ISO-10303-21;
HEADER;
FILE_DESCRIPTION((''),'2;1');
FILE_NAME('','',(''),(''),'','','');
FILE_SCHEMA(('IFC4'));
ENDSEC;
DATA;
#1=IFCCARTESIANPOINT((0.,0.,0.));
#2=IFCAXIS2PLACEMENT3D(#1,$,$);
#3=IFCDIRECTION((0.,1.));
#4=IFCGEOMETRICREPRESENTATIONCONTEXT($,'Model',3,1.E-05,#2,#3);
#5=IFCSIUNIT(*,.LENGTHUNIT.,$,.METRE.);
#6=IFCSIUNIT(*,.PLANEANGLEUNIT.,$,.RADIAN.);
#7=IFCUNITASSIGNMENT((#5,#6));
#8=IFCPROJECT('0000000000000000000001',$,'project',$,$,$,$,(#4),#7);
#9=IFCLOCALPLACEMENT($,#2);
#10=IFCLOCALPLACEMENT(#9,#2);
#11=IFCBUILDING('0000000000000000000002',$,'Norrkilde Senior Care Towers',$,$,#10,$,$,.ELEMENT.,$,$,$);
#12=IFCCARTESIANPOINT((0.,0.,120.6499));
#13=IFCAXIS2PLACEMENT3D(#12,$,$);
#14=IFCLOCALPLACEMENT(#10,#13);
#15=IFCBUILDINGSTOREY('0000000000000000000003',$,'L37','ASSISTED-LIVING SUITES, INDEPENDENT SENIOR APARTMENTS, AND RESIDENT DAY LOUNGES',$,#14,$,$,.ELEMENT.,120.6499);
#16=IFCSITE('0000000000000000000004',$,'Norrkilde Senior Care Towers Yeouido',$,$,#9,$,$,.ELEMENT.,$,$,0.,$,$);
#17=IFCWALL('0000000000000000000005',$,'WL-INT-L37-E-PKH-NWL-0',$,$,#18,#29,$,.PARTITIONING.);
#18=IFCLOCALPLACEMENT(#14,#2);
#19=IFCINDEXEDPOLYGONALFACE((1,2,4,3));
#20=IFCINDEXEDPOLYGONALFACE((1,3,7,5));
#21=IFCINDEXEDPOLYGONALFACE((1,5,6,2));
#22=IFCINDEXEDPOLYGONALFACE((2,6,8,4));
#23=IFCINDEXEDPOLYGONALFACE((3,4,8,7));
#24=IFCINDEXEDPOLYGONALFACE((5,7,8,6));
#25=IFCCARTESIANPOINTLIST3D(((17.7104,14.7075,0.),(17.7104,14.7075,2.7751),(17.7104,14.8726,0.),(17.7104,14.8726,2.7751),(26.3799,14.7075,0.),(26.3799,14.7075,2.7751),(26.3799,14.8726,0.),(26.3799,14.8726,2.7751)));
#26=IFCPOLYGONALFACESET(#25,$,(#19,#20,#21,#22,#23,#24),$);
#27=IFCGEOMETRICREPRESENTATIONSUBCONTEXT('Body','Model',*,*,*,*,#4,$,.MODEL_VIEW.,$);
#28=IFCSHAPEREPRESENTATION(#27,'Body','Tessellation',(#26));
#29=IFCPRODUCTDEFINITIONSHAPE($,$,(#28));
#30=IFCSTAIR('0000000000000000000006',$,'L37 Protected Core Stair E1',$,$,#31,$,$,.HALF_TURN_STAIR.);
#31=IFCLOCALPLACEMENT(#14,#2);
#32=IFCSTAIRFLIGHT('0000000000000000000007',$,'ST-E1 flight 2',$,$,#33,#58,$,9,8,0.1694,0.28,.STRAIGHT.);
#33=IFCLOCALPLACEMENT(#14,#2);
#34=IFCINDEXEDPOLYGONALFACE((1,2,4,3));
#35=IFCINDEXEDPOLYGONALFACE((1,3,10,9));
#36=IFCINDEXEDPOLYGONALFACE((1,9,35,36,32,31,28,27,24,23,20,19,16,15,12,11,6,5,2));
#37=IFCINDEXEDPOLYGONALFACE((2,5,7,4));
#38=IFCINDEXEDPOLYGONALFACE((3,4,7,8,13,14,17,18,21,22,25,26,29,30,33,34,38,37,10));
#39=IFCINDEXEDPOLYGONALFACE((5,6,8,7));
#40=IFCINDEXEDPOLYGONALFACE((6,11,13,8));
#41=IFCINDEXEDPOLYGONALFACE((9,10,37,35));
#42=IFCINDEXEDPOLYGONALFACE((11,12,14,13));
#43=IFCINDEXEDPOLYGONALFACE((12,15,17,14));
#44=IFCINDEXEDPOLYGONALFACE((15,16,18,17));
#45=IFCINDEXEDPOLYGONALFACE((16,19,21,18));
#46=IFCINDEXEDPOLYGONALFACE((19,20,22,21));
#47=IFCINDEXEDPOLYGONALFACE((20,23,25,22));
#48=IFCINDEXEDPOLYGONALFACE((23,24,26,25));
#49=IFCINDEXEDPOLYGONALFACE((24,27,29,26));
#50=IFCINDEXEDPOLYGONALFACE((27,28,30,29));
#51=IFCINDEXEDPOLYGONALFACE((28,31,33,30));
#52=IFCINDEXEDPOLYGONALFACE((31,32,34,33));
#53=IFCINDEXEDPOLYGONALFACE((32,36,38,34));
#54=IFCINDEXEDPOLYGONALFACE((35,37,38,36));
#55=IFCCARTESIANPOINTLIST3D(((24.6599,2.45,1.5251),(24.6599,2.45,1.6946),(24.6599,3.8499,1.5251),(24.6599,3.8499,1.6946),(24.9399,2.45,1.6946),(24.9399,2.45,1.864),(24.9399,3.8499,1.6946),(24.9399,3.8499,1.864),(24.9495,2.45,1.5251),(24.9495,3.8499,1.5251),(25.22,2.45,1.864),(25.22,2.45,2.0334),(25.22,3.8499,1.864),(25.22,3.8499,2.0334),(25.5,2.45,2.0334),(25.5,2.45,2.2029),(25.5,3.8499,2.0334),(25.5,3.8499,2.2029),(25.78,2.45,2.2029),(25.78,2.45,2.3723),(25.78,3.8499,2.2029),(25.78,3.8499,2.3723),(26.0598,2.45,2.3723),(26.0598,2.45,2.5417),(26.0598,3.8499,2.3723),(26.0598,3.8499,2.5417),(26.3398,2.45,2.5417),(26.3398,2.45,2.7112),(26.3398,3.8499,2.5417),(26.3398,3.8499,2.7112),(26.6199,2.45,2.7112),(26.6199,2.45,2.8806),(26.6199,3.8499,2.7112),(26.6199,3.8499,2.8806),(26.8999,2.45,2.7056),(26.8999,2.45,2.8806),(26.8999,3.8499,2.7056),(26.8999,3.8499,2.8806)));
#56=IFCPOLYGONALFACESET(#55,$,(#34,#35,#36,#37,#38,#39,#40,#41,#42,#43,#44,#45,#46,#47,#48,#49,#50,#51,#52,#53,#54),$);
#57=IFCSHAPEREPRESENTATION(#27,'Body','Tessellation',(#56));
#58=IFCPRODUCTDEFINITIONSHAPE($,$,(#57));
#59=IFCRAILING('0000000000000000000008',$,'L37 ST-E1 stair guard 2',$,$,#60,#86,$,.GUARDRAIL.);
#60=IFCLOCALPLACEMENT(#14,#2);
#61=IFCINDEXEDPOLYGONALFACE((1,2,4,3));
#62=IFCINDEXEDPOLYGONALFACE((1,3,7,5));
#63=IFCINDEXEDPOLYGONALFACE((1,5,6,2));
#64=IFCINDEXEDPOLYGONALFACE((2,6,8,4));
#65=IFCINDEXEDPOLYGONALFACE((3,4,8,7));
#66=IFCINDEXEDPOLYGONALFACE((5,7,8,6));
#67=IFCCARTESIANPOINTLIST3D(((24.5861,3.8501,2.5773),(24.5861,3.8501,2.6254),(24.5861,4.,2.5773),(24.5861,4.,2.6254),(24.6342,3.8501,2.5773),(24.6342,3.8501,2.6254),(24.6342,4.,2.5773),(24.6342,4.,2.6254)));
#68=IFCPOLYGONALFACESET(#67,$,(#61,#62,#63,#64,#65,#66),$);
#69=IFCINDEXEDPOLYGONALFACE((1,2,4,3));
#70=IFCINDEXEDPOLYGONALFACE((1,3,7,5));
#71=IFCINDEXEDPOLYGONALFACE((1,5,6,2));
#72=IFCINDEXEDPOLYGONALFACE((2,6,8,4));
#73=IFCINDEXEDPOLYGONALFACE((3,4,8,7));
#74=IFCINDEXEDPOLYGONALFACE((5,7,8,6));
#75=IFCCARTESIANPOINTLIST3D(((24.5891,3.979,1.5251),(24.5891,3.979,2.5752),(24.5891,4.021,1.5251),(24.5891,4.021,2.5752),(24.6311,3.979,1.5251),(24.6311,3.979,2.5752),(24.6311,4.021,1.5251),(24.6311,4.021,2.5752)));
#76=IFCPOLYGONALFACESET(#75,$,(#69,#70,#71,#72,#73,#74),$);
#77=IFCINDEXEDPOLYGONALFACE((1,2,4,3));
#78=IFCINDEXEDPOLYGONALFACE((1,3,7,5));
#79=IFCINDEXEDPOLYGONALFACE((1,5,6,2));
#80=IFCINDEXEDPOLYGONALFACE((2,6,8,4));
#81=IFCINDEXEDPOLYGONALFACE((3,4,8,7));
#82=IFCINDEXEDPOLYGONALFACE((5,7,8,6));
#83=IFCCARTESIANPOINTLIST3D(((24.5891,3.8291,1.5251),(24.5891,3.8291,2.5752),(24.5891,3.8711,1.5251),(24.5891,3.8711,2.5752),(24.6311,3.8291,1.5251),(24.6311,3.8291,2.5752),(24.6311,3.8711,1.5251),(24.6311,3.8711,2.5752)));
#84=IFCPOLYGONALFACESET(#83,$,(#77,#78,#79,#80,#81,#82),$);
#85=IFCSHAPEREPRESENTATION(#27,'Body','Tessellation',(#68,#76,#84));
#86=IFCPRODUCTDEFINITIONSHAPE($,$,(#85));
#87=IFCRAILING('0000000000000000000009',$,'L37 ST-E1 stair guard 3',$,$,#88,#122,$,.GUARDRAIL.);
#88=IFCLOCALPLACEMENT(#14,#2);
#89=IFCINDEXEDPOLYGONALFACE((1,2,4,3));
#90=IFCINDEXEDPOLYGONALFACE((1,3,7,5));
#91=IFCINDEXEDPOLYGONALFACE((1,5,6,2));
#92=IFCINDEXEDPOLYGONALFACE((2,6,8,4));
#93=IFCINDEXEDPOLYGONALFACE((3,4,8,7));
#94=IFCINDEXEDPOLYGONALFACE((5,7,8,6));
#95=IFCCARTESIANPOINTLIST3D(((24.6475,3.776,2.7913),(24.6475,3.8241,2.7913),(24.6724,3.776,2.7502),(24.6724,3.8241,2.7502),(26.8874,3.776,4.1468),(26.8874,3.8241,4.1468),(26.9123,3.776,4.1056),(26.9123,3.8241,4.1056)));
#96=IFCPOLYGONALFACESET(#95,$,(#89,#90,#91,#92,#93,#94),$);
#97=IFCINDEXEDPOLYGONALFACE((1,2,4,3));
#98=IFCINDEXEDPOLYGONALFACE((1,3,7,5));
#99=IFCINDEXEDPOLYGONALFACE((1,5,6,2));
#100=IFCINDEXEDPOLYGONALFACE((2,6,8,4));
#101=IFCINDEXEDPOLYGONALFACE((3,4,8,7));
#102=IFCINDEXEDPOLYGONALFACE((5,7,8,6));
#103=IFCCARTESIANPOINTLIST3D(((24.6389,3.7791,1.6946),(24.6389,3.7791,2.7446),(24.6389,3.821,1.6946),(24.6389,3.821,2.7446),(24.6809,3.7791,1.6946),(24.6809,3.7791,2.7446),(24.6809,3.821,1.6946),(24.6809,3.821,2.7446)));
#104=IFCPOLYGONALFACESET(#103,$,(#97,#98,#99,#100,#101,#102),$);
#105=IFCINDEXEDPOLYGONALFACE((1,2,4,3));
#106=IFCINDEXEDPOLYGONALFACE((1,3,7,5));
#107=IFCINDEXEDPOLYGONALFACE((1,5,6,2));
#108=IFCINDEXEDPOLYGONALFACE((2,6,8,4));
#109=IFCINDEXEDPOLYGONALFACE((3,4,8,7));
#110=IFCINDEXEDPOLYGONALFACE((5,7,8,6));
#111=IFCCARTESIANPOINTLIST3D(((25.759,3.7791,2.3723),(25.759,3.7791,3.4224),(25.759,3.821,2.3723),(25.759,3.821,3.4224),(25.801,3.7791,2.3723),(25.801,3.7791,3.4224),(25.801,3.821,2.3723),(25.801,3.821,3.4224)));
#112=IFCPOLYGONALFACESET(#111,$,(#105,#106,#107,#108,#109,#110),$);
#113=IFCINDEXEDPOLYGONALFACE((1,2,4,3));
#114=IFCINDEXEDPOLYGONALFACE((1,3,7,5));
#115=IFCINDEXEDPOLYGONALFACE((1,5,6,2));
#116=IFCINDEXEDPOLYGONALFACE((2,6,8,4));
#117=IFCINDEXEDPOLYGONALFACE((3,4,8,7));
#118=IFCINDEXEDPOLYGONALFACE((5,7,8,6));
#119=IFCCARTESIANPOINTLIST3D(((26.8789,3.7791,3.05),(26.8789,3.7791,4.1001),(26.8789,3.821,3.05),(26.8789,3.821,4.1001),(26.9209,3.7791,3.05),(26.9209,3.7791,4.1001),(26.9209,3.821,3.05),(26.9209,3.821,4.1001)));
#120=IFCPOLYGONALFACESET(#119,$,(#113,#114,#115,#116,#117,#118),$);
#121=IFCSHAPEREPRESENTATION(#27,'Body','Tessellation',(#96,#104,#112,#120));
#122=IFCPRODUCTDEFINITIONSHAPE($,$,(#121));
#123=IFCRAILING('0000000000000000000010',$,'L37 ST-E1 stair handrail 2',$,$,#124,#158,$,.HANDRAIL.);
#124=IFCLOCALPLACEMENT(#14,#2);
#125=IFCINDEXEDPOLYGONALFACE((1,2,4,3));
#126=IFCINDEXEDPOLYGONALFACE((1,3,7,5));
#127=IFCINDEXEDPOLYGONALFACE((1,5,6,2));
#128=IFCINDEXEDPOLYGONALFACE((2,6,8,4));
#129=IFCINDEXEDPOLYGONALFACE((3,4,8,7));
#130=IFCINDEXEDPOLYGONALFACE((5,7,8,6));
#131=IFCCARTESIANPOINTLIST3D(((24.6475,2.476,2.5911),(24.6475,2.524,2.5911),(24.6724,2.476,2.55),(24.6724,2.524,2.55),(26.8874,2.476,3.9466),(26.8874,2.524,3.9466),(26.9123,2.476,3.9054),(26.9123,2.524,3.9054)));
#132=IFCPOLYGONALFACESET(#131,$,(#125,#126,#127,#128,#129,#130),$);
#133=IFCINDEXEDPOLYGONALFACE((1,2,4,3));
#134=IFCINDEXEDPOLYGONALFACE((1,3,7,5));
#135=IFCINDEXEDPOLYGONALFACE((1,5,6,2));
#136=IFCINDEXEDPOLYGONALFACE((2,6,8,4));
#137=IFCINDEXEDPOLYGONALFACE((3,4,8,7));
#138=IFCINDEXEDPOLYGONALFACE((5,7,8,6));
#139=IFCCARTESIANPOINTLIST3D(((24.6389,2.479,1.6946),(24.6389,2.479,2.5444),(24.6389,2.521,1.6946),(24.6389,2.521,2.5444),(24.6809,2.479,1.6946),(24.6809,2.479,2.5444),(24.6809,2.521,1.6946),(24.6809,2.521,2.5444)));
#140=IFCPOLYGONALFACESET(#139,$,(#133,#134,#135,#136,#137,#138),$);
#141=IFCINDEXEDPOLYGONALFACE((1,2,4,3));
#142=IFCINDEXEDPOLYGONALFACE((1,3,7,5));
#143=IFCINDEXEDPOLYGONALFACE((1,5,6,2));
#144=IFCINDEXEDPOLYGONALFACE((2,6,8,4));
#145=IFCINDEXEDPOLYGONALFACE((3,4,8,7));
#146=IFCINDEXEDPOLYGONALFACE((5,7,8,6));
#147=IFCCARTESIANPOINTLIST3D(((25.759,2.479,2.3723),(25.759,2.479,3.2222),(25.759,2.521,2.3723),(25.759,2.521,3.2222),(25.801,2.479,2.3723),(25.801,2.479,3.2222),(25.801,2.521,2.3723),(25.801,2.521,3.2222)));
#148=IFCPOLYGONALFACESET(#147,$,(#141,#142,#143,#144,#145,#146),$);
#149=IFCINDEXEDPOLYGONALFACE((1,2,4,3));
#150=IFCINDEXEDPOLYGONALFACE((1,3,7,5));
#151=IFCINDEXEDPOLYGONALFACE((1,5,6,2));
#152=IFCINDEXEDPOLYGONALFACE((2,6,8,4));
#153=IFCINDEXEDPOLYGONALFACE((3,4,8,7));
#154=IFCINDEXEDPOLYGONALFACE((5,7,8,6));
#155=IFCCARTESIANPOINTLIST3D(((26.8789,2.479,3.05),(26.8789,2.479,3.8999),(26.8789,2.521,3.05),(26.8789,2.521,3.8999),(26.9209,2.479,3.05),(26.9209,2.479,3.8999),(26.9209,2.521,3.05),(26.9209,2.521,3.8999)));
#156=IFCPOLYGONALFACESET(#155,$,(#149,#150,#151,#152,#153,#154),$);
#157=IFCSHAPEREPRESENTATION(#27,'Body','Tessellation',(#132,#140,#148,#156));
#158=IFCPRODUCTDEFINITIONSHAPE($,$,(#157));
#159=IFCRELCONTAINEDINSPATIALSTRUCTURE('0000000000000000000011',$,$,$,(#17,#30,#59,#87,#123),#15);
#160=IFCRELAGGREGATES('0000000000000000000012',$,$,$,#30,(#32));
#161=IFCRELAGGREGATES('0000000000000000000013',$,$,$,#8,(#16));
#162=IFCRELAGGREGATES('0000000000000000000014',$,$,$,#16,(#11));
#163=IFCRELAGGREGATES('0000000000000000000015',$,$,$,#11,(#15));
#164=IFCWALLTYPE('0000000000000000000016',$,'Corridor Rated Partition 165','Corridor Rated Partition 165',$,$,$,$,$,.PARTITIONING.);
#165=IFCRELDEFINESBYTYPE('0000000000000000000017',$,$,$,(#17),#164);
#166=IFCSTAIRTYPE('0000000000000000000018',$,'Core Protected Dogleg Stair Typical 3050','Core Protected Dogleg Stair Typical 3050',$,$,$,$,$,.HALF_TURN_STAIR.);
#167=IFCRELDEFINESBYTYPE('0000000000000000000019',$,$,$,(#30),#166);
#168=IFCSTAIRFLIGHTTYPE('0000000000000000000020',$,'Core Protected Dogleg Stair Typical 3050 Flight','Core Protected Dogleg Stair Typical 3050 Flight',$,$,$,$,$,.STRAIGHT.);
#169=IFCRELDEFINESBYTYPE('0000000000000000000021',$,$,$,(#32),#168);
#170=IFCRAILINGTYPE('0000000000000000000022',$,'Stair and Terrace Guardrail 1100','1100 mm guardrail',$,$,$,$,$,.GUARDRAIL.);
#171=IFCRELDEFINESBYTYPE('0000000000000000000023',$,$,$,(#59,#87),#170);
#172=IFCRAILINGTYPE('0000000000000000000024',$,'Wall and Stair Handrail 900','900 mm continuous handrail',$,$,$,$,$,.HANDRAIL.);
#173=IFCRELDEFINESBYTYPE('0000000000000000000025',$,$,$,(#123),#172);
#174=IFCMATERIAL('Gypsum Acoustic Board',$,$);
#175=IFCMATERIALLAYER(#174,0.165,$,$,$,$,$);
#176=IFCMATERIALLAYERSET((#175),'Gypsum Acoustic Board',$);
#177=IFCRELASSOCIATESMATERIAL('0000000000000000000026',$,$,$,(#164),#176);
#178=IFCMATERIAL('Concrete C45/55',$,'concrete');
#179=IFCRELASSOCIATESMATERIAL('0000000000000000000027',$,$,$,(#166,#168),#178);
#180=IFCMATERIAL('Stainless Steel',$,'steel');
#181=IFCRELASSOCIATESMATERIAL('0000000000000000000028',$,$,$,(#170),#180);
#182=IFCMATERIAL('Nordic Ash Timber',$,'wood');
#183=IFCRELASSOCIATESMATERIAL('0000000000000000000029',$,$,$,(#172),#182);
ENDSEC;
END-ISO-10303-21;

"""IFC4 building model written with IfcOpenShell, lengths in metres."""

from ifc_helpers import new_model, si_unit, direction, frame, frame_2d, origin, origin_2d, place, context, subcontext, project, spatial, polyline, rectangle, outline, extrude, source, transform, mapped, material, layer, layer_set, type_object, element, aggregate, save


model = new_model("IFC4")

# Units and contexts
model_context = context("Model", 3, precision=1e-05, world=origin(), true_north=direction((0.0, 1.0)))
body_context = subcontext(model_context, "Body", "Model", "MODEL_VIEW")
ifc_project = project(units=[si_unit("LENGTHUNIT", "METRE"), si_unit("PLANEANGLEUNIT", "RADIAN")], contexts=[model_context])

# Site, building, storey
site_placement = place(None, origin())
site = spatial("IfcSite", under=ifc_project, at=site_placement, Name="Norrkilde Senior Care Towers Yeouido", CompositionType="ELEMENT", RefElevation=0.0)
building_placement = place(site_placement, origin())
building = spatial("IfcBuilding", under=site, at=building_placement, Name="Norrkilde Senior Care Towers", CompositionType="ELEMENT")
storey_placement = place(building_placement, frame((0.0, 0.0, 120.6499)))
storey = spatial("IfcBuildingStorey", under=building, at=storey_placement, Name="L37", Description="ASSISTED-LIVING SUITES, INDEPENDENT SENIOR APARTMENTS, AND RESIDENT DAY LOUNGES", CompositionType="ELEMENT", Elevation=120.6499)

# Shared definitions
ifc_material_1 = material(Name="Concrete C45/55", Category="concrete")
ifc_material_2 = material(Name="Gypsum Acoustic Board")

# Shared definitions
ifc_layer_1 = layer(ifc_material_2, 0.165)
ifc_layer_set_1 = layer_set([ifc_layer_1], Name="Gypsum Acoustic Board")
wall_type_1 = type_object("IfcWallType", Name="Corridor Rated Partition 165", Description="Corridor Rated Partition 165", PredefinedType="PARTITIONING", material=ifc_layer_set_1)
ifc_material_3 = material(Name="Nordic Ash Timber", Category="wood")

# Wall
shared_shape_1 = source(origin(), body_context, "Body", "SweptSolid", [
    extrude(rectangle(XDim=8.6694, YDim=0.165, at=frame_2d((4.3347, 0.0))), origin(), (0.0, 0.0, 1.0), 2.7751),
])
wall_1_placement = place(storey_placement, frame((17.7104, 14.79, 0.0), z_axis=(0.0, 0.0, 1.0), x_axis=(1.0, 0.0, 0.0)))
element("IfcWall", 1, at=wall_1_placement, inside=storey, type_object=wall_type_1, Name="WL-INT-L37-E-PKH-NWL-0", PredefinedType="PARTITIONING", context=body_context, shape_type="MappedRepresentation", body=[
    mapped(shared_shape_1, transform((0.0, 0.0, 0.0), x_axis=(1.0, 0.0, 0.0), y_axis=(0.0, 1.0, 0.0), z_axis=(0.0, 0.0, 1.0), scale=1.0)),
])

# Stair, stair flight
stair_type = type_object("IfcStairType", Name="Core Protected Dogleg Stair Typical 3050", Description="Core Protected Dogleg Stair Typical 3050", PredefinedType="HALF_TURN_STAIR", material=ifc_material_1)
stair_placement = place(storey_placement, origin())
stair = element("IfcStair", 2, at=stair_placement, inside=storey, type_object=stair_type, Name="L37 Protected Core Stair E1", PredefinedType="HALF_TURN_STAIR")
stair_flight_type = type_object("IfcStairFlightType", Name="Core Protected Dogleg Stair Typical 3050 Flight", Description="Core Protected Dogleg Stair Typical 3050 Flight", PredefinedType="STRAIGHT", material=ifc_material_1)
stair_flight_placement = place(storey_placement, frame((24.6599, 3.1499, 1.5251), z_axis=(0.0, 0.0, 1.0), x_axis=(1.0, 0.0, 0.0)))
stair_flight = element("IfcStairFlight", 3, at=stair_flight_placement, type_object=stair_flight_type, Name="ST-E1 flight 2", NumberOfRisers=9, NumberOfTreads=8, PredefinedType="STRAIGHT", RiserHeight=0.1694, TreadLength=0.28, context=body_context, shape_type="SweptSolid", body=[
    extrude(outline(polyline([(0.0, 0.0), (0.0, 0.1694), (0.28, 0.1694), (0.28, 0.3389), (0.5601, 0.3389), (0.5601, 0.5083), (0.8401, 0.5083), (0.8401, 0.6777), (1.1201, 0.6777), (1.1201, 0.8472), (1.3999, 0.8472), (1.3999, 1.0166), (1.6799, 1.0166), (1.6799, 1.186), (1.96, 1.186), (1.96, 1.3555), (2.24, 1.3555), (2.24, 1.5249), (2.24, 1.1804), (0.2896, 0.0), (0.0, 0.0)])), frame((0.0, 0.7, 0.0), z_axis=(0.0, -1.0, 0.0), x_axis=(1.0, 0.0, 0.0)), (0.0, 0.0, 1.0), 1.3999),
])
aggregate(stair, [stair_flight])

# Railings
ifc_material_4 = material(Name="Stainless Steel", Category="steel")
railing_type_1 = type_object("IfcRailingType", Name="Stair and Terrace Guardrail 1100", Description="1100 mm guardrail", PredefinedType="GUARDRAIL", material=ifc_material_4)
railing_1_placement = place(storey_placement, frame((24.6101, 4.0, 1.5251)))
element("IfcRailing", 4, at=railing_1_placement, inside=storey, type_object=railing_type_1, Name="L37 ST-E1 stair guard 2", PredefinedType="GUARDRAIL", context=body_context, shape_type="SweptSolid", body=[
    extrude(rectangle(XDim=0.0481, YDim=0.0481, at=origin_2d()), frame((0.0, 0.0, 1.0762), z_axis=(0.0, -1.0, 0.0), x_axis=(1.0, 0.0, 0.0)), (0.0, 0.0, 1.0), 0.1499),
    extrude(rectangle(XDim=0.042, YDim=0.042, at=origin_2d()), origin(), (0.0, 0.0, 1.0), 1.05),
    extrude(rectangle(XDim=0.042, YDim=0.042, at=origin_2d()), frame((0.0, -0.1499, 0.0)), (0.0, 0.0, 1.0), 1.05),
])
railing_2_placement = place(storey_placement, frame((24.6599, 3.8, 1.6946)))
element("IfcRailing", 5, at=railing_2_placement, inside=storey, type_object=railing_type_1, Name="L37 ST-E1 stair guard 3", PredefinedType="GUARDRAIL", context=body_context, shape_type="SweptSolid", body=[
    extrude(rectangle(XDim=0.0481, YDim=0.0481, at=origin_2d()), frame((0.0, 0.0, 1.0762), z_axis=(0.855553, 0.0, 0.517715), x_axis=(0.0, 1.0, 0.0)), (0.0, 0.0, 1.0), 2.6182),
    extrude(rectangle(XDim=0.042, YDim=0.042, at=origin_2d()), origin(), (0.0, 0.0, 1.0), 1.05),
    extrude(rectangle(XDim=0.042, YDim=0.042, at=origin_2d()), frame((1.1201, 0.0, 0.6777)), (0.0, 0.0, 1.0), 1.05),
    extrude(rectangle(XDim=0.042, YDim=0.042, at=origin_2d()), frame((2.24, 0.0, 1.3555)), (0.0, 0.0, 1.0), 1.05),
])
railing_type_2 = type_object("IfcRailingType", Name="Wall and Stair Handrail 900", Description="900 mm continuous handrail", PredefinedType="HANDRAIL", material=ifc_material_3)
railing_3_placement = place(storey_placement, frame((24.6599, 2.5, 1.6946)))
element("IfcRailing", 6, at=railing_3_placement, inside=storey, type_object=railing_type_2, Name="L37 ST-E1 stair handrail 2", PredefinedType="HANDRAIL", context=body_context, shape_type="SweptSolid", body=[
    extrude(rectangle(XDim=0.0481, YDim=0.0481, at=origin_2d()), frame((0.0, 0.0, 0.876), z_axis=(0.855553, 0.0, 0.517715), x_axis=(0.0, 1.0, 0.0)), (0.0, 0.0, 1.0), 2.6182),
    extrude(rectangle(XDim=0.042, YDim=0.042, at=origin_2d()), origin(), (0.0, 0.0, 1.0), 0.8499),
    extrude(rectangle(XDim=0.042, YDim=0.042, at=origin_2d()), frame((1.1201, 0.0, 0.6777)), (0.0, 0.0, 1.0), 0.8499),
    extrude(rectangle(XDim=0.042, YDim=0.042, at=origin_2d()), frame((2.24, 0.0, 1.3555)), (0.0, 0.0, 1.0), 0.8499),
])

save(model, "model.ifc")
